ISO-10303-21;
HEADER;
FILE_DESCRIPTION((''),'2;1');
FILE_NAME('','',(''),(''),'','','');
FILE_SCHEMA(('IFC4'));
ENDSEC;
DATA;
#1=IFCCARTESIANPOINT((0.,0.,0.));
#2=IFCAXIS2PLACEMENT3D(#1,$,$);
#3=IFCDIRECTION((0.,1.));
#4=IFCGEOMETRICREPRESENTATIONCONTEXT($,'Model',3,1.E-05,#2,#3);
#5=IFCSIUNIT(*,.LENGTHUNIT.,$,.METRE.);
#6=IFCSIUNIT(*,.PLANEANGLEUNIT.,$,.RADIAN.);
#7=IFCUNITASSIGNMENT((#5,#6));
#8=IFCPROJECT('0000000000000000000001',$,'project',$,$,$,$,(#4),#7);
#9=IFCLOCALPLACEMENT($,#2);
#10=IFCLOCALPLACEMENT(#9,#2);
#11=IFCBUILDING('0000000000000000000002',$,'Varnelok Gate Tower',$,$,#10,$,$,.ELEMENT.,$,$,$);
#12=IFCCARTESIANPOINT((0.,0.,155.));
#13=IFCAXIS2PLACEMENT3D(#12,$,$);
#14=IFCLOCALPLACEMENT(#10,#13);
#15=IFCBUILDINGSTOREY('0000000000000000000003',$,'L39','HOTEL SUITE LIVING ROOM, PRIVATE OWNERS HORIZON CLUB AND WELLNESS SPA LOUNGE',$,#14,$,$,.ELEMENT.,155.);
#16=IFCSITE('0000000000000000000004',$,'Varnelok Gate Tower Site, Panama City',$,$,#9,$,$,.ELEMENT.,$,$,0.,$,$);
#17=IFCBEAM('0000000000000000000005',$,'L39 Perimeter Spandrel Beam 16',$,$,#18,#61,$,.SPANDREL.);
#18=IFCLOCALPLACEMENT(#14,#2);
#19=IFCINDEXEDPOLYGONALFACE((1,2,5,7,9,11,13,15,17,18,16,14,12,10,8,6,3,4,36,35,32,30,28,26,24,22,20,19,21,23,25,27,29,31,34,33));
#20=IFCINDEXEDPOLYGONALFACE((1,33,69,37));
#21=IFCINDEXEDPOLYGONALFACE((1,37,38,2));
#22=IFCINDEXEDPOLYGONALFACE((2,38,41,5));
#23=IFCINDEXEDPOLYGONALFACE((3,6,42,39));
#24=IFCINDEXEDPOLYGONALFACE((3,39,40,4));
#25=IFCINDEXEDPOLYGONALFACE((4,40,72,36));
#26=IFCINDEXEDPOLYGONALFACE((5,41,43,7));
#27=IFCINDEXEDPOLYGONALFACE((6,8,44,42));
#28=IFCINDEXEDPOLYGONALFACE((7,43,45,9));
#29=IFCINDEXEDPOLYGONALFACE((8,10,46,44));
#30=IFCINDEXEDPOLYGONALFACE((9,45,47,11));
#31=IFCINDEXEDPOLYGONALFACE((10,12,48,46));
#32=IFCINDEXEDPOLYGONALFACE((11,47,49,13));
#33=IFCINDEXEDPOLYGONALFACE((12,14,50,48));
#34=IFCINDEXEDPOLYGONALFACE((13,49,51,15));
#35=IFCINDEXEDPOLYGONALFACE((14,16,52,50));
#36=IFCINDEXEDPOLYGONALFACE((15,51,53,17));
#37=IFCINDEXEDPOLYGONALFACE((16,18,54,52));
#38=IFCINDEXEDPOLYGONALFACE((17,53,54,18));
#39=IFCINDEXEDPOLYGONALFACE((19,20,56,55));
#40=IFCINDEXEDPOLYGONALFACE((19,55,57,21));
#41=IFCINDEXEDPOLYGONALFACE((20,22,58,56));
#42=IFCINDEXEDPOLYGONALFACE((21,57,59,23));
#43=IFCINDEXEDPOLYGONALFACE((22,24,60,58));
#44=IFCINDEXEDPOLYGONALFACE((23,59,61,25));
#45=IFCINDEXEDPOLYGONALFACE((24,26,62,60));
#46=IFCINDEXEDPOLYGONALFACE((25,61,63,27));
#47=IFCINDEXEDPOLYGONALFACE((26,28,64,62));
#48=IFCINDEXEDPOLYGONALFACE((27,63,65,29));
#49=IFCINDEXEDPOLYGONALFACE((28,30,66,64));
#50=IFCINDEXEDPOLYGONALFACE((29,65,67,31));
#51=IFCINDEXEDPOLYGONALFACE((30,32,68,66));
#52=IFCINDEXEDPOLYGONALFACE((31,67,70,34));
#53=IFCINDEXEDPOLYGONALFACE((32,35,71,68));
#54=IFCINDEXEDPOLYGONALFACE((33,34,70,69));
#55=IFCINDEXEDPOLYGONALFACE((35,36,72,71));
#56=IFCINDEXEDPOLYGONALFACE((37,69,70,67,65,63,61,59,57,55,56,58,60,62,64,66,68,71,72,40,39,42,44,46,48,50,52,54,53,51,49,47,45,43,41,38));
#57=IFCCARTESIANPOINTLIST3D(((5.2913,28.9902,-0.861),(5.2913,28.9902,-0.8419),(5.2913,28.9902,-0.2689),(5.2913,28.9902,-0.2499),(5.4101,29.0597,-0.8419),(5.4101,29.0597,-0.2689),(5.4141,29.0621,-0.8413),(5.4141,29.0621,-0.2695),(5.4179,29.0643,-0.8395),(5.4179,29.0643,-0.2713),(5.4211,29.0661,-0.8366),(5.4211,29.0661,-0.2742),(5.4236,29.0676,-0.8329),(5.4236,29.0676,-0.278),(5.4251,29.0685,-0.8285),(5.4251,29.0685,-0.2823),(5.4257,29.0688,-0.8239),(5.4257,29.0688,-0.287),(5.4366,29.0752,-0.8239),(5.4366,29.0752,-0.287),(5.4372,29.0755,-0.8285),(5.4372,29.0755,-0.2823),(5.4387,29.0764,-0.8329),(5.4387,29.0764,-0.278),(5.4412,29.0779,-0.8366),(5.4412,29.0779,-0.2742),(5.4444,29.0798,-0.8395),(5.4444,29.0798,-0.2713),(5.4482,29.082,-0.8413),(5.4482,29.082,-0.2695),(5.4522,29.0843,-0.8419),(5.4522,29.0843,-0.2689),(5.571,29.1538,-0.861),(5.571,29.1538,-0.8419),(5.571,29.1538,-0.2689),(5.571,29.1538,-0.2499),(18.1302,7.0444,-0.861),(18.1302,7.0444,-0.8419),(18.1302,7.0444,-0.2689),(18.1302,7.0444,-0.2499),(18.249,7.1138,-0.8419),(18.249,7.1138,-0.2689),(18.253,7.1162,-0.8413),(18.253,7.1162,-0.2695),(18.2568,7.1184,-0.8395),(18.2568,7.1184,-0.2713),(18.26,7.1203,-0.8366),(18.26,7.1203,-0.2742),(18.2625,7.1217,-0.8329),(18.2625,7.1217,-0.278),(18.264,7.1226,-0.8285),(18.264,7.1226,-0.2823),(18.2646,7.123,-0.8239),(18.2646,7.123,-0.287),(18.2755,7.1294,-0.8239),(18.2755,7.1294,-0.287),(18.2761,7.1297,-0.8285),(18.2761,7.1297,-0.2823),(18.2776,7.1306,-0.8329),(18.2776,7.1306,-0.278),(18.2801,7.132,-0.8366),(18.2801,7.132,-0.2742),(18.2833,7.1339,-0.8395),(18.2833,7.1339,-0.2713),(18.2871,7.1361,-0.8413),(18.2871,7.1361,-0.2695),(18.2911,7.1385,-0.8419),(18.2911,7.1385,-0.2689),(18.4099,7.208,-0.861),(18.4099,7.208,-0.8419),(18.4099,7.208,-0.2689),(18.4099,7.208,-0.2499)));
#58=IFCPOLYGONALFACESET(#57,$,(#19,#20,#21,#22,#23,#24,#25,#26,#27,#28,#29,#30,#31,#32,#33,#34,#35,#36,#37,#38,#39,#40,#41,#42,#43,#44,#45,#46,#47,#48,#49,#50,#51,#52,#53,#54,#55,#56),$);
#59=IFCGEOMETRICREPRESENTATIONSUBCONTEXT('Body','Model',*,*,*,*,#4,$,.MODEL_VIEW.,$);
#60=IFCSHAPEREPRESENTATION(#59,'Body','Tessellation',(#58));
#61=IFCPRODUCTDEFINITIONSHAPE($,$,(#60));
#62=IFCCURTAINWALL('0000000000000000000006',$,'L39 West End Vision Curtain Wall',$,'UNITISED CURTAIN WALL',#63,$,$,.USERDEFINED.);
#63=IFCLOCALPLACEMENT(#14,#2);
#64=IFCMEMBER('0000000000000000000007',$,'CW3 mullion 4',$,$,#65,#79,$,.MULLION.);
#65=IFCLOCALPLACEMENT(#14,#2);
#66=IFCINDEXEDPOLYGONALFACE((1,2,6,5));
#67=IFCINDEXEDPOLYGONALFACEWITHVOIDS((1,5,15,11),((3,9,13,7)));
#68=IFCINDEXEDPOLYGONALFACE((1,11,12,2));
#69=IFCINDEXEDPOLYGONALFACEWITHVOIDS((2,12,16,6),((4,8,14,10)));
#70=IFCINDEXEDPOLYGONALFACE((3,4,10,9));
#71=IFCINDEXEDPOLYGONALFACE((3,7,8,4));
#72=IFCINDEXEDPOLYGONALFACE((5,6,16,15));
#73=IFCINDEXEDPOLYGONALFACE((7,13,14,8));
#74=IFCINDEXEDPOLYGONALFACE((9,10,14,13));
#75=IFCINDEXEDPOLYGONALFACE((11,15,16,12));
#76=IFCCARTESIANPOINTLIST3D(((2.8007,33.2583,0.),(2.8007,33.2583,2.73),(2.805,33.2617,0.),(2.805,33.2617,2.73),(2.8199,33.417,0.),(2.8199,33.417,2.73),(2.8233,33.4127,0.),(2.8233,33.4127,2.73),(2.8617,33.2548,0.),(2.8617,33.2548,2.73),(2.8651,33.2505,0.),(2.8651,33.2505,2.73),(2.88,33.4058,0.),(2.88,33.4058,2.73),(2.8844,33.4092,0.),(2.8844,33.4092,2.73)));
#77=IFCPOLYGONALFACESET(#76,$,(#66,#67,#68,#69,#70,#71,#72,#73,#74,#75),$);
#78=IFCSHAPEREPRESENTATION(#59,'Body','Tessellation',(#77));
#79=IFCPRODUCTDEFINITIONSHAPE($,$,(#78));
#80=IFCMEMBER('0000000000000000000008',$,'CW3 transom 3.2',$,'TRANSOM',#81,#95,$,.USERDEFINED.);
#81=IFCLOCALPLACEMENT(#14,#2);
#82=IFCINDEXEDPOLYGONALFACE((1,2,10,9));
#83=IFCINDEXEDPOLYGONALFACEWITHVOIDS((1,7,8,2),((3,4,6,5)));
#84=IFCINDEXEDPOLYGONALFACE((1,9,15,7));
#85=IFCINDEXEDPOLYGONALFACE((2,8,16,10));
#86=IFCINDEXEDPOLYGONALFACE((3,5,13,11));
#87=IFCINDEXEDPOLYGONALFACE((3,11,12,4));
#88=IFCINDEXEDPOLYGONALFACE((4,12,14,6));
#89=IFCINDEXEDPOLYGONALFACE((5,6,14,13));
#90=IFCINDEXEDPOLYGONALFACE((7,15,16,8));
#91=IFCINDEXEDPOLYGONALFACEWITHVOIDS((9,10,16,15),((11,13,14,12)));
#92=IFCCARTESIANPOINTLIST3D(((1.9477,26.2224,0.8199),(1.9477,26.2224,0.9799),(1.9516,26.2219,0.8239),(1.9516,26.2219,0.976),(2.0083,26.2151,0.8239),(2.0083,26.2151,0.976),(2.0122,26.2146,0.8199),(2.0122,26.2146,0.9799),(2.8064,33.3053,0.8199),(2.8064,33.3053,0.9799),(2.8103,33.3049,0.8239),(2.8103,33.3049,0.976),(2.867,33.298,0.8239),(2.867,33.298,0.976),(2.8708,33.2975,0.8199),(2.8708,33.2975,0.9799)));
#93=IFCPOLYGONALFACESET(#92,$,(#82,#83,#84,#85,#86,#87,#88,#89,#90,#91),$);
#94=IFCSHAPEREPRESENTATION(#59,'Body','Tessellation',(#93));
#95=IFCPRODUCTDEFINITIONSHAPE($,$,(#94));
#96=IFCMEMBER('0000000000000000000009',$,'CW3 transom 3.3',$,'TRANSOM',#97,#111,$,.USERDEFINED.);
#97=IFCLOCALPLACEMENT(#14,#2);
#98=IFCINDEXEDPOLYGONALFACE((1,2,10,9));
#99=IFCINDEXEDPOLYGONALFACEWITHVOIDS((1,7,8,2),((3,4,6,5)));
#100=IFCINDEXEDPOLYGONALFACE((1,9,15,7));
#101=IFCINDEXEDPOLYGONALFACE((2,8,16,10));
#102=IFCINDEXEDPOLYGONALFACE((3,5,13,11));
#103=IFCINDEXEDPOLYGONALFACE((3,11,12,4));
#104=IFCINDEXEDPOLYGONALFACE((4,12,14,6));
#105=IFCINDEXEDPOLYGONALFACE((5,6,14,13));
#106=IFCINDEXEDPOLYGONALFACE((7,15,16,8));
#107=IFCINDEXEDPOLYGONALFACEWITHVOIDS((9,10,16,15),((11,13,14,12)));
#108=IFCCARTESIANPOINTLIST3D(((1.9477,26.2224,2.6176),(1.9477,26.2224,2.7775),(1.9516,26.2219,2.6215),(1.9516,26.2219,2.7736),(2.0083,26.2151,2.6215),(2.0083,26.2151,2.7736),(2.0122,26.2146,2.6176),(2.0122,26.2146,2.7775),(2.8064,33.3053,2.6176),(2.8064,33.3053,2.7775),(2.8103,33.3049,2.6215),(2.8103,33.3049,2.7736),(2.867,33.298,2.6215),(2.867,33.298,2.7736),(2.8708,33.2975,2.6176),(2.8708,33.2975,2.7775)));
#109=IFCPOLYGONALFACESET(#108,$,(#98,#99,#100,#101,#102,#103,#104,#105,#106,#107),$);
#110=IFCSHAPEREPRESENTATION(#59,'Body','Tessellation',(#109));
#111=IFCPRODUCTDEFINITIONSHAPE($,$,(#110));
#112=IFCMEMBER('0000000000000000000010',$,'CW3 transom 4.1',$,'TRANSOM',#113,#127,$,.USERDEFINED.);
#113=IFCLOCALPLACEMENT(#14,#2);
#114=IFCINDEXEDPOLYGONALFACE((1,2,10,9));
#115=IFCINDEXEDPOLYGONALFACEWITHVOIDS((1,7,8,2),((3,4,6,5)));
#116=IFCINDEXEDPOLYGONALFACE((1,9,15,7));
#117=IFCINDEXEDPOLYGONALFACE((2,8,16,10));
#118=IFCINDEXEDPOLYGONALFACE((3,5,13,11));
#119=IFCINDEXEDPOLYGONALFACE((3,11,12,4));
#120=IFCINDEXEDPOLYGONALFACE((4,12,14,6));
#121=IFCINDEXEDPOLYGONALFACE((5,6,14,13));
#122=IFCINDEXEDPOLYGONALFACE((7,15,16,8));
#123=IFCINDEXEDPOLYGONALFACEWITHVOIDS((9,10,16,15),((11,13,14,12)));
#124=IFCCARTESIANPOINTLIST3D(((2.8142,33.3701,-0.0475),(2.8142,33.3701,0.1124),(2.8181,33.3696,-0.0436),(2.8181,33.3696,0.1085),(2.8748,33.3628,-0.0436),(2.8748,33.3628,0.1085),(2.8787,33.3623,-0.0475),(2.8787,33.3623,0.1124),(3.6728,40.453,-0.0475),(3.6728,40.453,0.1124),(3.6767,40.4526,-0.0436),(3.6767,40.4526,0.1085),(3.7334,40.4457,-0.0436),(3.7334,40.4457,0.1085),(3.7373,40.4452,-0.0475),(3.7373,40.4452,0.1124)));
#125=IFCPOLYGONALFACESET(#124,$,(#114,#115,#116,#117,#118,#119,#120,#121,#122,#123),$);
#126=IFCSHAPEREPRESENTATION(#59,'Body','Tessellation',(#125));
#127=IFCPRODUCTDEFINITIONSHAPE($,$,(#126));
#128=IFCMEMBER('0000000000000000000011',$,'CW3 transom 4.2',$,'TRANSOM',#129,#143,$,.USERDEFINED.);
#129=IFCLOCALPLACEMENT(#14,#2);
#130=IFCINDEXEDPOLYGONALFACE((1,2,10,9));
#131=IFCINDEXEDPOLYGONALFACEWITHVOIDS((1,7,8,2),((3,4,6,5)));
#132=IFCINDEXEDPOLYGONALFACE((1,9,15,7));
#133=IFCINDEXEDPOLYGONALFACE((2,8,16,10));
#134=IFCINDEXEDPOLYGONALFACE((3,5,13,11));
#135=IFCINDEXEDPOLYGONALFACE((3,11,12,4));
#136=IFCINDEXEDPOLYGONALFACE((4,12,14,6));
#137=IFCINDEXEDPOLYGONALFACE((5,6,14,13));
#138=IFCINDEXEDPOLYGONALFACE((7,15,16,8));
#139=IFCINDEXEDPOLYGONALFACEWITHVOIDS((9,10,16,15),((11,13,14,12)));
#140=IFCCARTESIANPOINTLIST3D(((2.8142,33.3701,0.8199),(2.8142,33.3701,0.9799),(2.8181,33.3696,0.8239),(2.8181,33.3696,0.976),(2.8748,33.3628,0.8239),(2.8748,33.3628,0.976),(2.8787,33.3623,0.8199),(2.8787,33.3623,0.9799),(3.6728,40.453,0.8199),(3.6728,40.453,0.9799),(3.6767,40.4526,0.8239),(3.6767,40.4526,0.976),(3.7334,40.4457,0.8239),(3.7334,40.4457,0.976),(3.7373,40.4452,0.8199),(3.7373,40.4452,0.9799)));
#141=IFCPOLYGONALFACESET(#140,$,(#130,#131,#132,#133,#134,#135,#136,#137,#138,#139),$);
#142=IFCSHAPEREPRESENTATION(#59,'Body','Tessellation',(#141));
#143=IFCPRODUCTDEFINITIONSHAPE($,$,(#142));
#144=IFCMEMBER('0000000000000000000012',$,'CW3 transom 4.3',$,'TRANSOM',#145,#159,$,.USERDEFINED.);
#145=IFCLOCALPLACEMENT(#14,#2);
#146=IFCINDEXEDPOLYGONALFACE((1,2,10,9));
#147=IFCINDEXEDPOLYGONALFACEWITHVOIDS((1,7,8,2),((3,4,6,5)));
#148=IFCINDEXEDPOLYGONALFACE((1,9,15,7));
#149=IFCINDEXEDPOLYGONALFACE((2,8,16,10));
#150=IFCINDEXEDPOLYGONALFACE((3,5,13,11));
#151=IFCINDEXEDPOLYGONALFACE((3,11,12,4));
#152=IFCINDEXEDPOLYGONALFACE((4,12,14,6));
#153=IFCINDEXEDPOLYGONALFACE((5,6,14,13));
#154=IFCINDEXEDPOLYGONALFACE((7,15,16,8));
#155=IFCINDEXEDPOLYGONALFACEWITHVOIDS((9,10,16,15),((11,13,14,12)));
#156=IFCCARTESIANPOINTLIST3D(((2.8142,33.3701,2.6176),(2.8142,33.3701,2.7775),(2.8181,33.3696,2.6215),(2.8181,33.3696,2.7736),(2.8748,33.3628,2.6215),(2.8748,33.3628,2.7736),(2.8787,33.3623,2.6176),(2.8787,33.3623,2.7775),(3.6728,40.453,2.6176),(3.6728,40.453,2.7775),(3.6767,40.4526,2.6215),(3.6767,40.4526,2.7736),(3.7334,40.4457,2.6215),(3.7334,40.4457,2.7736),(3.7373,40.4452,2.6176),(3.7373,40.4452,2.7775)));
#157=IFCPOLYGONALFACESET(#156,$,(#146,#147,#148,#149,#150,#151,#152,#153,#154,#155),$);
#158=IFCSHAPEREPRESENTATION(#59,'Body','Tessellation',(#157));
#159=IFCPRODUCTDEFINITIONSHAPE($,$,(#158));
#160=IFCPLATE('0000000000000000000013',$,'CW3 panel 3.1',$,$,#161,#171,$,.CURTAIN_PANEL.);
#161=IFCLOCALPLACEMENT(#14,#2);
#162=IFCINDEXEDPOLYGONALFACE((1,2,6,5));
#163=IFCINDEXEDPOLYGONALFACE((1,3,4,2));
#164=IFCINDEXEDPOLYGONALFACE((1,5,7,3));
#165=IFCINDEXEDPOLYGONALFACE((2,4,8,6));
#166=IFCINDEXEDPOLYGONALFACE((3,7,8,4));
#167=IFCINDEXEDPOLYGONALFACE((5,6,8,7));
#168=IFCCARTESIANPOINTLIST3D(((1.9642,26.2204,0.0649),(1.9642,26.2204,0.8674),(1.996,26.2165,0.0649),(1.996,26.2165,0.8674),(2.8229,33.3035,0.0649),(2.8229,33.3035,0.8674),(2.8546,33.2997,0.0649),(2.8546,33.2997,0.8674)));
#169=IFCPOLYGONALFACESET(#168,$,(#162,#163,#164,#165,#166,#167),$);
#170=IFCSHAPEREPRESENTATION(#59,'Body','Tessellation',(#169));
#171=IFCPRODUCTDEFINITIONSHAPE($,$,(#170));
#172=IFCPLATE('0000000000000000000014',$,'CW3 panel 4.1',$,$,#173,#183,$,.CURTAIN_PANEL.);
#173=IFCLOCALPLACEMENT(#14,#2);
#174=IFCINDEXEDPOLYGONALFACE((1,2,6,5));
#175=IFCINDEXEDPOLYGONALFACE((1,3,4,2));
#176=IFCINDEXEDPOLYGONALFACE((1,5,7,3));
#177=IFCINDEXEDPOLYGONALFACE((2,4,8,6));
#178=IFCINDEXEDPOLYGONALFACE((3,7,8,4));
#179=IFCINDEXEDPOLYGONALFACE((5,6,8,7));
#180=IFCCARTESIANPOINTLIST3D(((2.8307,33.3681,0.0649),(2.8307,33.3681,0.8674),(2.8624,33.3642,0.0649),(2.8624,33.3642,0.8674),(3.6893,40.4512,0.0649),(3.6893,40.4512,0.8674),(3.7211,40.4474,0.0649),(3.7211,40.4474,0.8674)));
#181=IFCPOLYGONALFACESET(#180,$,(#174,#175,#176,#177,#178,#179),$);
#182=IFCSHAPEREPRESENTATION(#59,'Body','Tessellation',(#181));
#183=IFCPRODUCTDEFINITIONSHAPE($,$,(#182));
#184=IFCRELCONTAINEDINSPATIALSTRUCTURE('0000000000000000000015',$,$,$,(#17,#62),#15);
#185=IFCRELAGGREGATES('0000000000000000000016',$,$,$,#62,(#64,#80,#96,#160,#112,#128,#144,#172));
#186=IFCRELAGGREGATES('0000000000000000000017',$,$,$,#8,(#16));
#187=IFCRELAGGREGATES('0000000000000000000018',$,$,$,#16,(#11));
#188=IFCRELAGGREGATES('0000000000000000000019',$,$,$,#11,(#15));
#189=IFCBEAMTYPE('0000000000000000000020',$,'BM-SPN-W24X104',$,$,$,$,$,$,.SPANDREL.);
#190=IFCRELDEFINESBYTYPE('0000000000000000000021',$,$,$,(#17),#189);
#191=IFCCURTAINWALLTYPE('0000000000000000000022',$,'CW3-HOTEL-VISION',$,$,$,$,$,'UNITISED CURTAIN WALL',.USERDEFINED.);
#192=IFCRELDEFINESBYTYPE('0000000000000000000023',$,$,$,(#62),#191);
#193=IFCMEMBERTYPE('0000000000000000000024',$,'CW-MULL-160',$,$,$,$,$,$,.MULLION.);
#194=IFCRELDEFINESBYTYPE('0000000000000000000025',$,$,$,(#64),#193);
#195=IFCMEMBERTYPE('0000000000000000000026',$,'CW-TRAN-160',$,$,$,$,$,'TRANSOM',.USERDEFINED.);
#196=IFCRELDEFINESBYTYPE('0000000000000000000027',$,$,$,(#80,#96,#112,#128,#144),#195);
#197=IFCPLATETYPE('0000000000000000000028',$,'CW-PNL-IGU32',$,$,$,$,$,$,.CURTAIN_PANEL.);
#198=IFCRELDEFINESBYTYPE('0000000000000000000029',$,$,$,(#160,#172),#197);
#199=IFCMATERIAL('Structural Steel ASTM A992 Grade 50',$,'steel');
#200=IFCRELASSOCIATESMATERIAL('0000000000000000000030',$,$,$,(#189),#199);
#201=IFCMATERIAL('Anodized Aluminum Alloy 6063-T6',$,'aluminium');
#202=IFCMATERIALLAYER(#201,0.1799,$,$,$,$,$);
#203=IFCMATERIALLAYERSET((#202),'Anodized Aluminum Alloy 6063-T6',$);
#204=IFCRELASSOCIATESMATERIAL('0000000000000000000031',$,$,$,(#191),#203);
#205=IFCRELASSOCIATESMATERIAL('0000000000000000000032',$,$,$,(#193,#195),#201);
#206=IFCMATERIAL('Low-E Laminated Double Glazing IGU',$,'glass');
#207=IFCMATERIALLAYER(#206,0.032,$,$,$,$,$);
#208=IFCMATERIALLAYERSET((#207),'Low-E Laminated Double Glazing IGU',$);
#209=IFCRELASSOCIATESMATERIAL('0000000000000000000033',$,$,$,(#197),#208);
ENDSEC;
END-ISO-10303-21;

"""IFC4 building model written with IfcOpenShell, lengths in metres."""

from ifc_helpers import new_model, si_unit, direction, frame, origin, origin_2d, place, context, subcontext, project, spatial, rectangle, hollow_rectangle, i_section, extrude, source, transform, mapped, material, layer, layer_set, material_profile, profile_set, type_object, element, aggregate, save


model = new_model("IFC4")

# Units and contexts
model_context = context("Model", 3, precision=1e-05, world=origin(), true_north=direction((0.0, 1.0)))
body_context = subcontext(model_context, "Body", "Model", "MODEL_VIEW")
ifc_project = project(units=[si_unit("LENGTHUNIT", "METRE"), si_unit("PLANEANGLEUNIT", "RADIAN")], contexts=[model_context])

# Site, building, storey
site_placement = place(None, origin())
site = spatial("IfcSite", under=ifc_project, at=site_placement, Name="Varnelok Gate Tower Site, Panama City", CompositionType="ELEMENT", RefElevation=0.0)
building_placement = place(site_placement, origin())
building = spatial("IfcBuilding", under=site, at=building_placement, Name="Varnelok Gate Tower", CompositionType="ELEMENT")
storey_placement = place(building_placement, frame((0.0, 0.0, 155.0)))
storey = spatial("IfcBuildingStorey", under=building, at=storey_placement, Name="L39", Description="HOTEL SUITE LIVING ROOM, PRIVATE OWNERS HORIZON CLUB AND WELLNESS SPA LOUNGE", CompositionType="ELEMENT", Elevation=155.0)

# Shared definitions
ifc_material_1 = material(Name="Structural Steel ASTM A992 Grade 50", Category="steel")

# Beam
ifc_material_profile_1 = material_profile(ifc_material_1, i_section(OverallWidth=0.324, OverallDepth=0.6111, WebThickness=0.0127, FlangeThickness=0.019, FilletRadius=0.0181, at=origin_2d()), Name="W24X104")
ifc_profile_set_1 = profile_set([ifc_material_profile_1], Name="Structural Steel ASTM A992 Grade 50")
beam_type_1 = type_object("IfcBeamType", Name="BM-SPN-W24X104", PredefinedType="SPANDREL", material=ifc_profile_set_1)
beam_1_placement = place(storey_placement, frame((5.4312, 29.072, -0.5554), z_axis=(0.504961, -0.863142, 0.0), x_axis=(0.863142, 0.504961, 0.0)))
element("IfcBeam", 1, at=beam_1_placement, inside=storey, type_object=beam_type_1, Name="L39 Perimeter Spandrel Beam 16", PredefinedType="SPANDREL", context=body_context, shape_type="SweptSolid", body=[
    extrude(i_section(OverallWidth=0.324, OverallDepth=0.6111, WebThickness=0.0127, FlangeThickness=0.019, FilletRadius=0.0181, at=origin_2d()), origin(), (0.0, 0.0, 1.0), 25.4255),
])

# Curtain wall, members, plates
ifc_material_2 = material(Name="Anodized Aluminum Alloy 6063-T6", Category="aluminium")
ifc_layer_1 = layer(ifc_material_2, 0.1799)
ifc_layer_set_1 = layer_set([ifc_layer_1], Name="Anodized Aluminum Alloy 6063-T6")
curtain_wall_type = type_object("IfcCurtainWallType", Name="CW3-HOTEL-VISION", ElementType="UNITISED CURTAIN WALL", PredefinedType="USERDEFINED", material=ifc_layer_set_1)
curtain_wall_placement = place(storey_placement, origin())
curtain_wall = element("IfcCurtainWall", 2, at=curtain_wall_placement, inside=storey, type_object=curtain_wall_type, Name="L39 West End Vision Curtain Wall", ObjectType="UNITISED CURTAIN WALL", PredefinedType="USERDEFINED")
ifc_material_profile_2 = material_profile(ifc_material_2, hollow_rectangle(XDim=0.0649, YDim=0.1599, WallThickness=0.0039, at=origin_2d()), Name="ALU160X65X4")
ifc_profile_set_2 = profile_set([ifc_material_profile_2], Name="Anodized Aluminum Alloy 6063-T6")
member_type_1 = type_object("IfcMemberType", Name="CW-MULL-160", PredefinedType="MULLION", material=ifc_profile_set_2)
member_1_placement = place(storey_placement, frame((2.8425, 33.3337, 0.0), z_axis=(0.0, 0.0, 1.0), x_axis=(-0.992732, 0.120347, 0.0)))
member_1 = element("IfcMember", 3, at=member_1_placement, type_object=member_type_1, Name="CW3 mullion 4", PredefinedType="MULLION", context=body_context, shape_type="SweptSolid", body=[
    extrude(hollow_rectangle(XDim=0.0649, YDim=0.1599, WallThickness=0.0039, at=origin_2d()), origin(), (0.0, 0.0, 1.0), 2.73),
])
ifc_material_profile_3 = material_profile(ifc_material_2, hollow_rectangle(XDim=0.0649, YDim=0.1599, WallThickness=0.0039, at=origin_2d()), Name="ALU160X65X4")
ifc_profile_set_3 = profile_set([ifc_material_profile_3], Name="Anodized Aluminum Alloy 6063-T6")
member_type_2 = type_object("IfcMemberType", Name="CW-TRAN-160", ElementType="TRANSOM", PredefinedType="USERDEFINED", material=ifc_profile_set_3)
member_2_placement = place(storey_placement, frame((1.98, 26.2185, 0.8999), z_axis=(0.120345, 0.992732, 0.0), x_axis=(-0.992732, 0.120345, 0.0)))
member_2 = element("IfcMember", 4, at=member_2_placement, type_object=member_type_2, Name="CW3 transom 3.2", ObjectType="TRANSOM", PredefinedType="USERDEFINED", context=body_context, shape_type="SweptSolid", body=[
    extrude(hollow_rectangle(XDim=0.0649, YDim=0.1599, WallThickness=0.0039, at=origin_2d()), origin(), (0.0, 0.0, 1.0), 7.1348),
])
member_3_placement = place(storey_placement, frame((1.98, 26.2185, 2.6975), z_axis=(0.120345, 0.992732, 0.0), x_axis=(-0.992732, 0.120345, 0.0)))
member_3 = element("IfcMember", 5, at=member_3_placement, type_object=member_type_2, Name="CW3 transom 3.3", ObjectType="TRANSOM", PredefinedType="USERDEFINED", context=body_context, shape_type="SweptSolid", body=[
    extrude(hollow_rectangle(XDim=0.0649, YDim=0.1599, WallThickness=0.0039, at=origin_2d()), origin(), (0.0, 0.0, 1.0), 7.1348),
])
member_4_placement = place(storey_placement, frame((2.8464, 33.3662, 0.0325), z_axis=(0.120345, 0.992732, 0.0), x_axis=(-0.992732, 0.120345, 0.0)))
member_4 = element("IfcMember", 6, at=member_4_placement, type_object=member_type_2, Name="CW3 transom 4.1", ObjectType="TRANSOM", PredefinedType="USERDEFINED", context=body_context, shape_type="SweptSolid", body=[
    extrude(hollow_rectangle(XDim=0.0649, YDim=0.1599, WallThickness=0.0039, at=origin_2d()), origin(), (0.0, 0.0, 1.0), 7.1348),
])
member_5_placement = place(storey_placement, frame((2.8464, 33.3662, 0.8999), z_axis=(0.120345, 0.992732, 0.0), x_axis=(-0.992732, 0.120345, 0.0)))
member_5 = element("IfcMember", 7, at=member_5_placement, type_object=member_type_2, Name="CW3 transom 4.2", ObjectType="TRANSOM", PredefinedType="USERDEFINED", context=body_context, shape_type="SweptSolid", body=[
    extrude(hollow_rectangle(XDim=0.0649, YDim=0.1599, WallThickness=0.0039, at=origin_2d()), origin(), (0.0, 0.0, 1.0), 7.1348),
])
member_6_placement = place(storey_placement, frame((2.8464, 33.3662, 2.6975), z_axis=(0.120345, 0.992732, 0.0), x_axis=(-0.992732, 0.120345, 0.0)))
member_6 = element("IfcMember", 8, at=member_6_placement, type_object=member_type_2, Name="CW3 transom 4.3", ObjectType="TRANSOM", PredefinedType="USERDEFINED", context=body_context, shape_type="SweptSolid", body=[
    extrude(hollow_rectangle(XDim=0.0649, YDim=0.1599, WallThickness=0.0039, at=origin_2d()), origin(), (0.0, 0.0, 1.0), 7.1348),
])
ifc_material_3 = material(Name="Low-E Laminated Double Glazing IGU", Category="glass")
ifc_layer_2 = layer(ifc_material_3, 0.032)
ifc_layer_set_2 = layer_set([ifc_layer_2], Name="Low-E Laminated Double Glazing IGU")
plate_type = type_object("IfcPlateType", Name="CW-PNL-IGU32", PredefinedType="CURTAIN_PANEL", material=ifc_layer_set_2)
shared_shape_1 = source(origin(), body_context, "Body", "SweptSolid", [
    extrude(rectangle(XDim=7.135, YDim=0.032, at=origin_2d()), origin(), (0.0, 0.0, 1.0), 0.8025),
])
plate_1_placement = place(storey_placement, frame((2.4094, 29.76, 0.0649), z_axis=(0.0, 0.0, 1.0), x_axis=(0.120347, 0.992732, 0.0)))
plate_1 = element("IfcPlate", 9, at=plate_1_placement, type_object=plate_type, Name="CW3 panel 3.1", PredefinedType="CURTAIN_PANEL", context=body_context, shape_type="MappedRepresentation", body=[
    mapped(shared_shape_1, transform((0.0, 0.0, 0.0), scale=1.0)),
])
plate_2_placement = place(storey_placement, frame((3.2759, 36.9077, 0.0649), z_axis=(0.0, 0.0, 1.0), x_axis=(0.120347, 0.992732, 0.0)))
plate_2 = element("IfcPlate", 10, at=plate_2_placement, type_object=plate_type, Name="CW3 panel 4.1", PredefinedType="CURTAIN_PANEL", context=body_context, shape_type="MappedRepresentation", body=[
    mapped(shared_shape_1, transform((0.0, 0.0, 0.0), scale=1.0)),
])
aggregate(curtain_wall, [member_1, member_2, member_3, plate_1, member_4, member_5, member_6, plate_2])

save(model, "model.ifc")
